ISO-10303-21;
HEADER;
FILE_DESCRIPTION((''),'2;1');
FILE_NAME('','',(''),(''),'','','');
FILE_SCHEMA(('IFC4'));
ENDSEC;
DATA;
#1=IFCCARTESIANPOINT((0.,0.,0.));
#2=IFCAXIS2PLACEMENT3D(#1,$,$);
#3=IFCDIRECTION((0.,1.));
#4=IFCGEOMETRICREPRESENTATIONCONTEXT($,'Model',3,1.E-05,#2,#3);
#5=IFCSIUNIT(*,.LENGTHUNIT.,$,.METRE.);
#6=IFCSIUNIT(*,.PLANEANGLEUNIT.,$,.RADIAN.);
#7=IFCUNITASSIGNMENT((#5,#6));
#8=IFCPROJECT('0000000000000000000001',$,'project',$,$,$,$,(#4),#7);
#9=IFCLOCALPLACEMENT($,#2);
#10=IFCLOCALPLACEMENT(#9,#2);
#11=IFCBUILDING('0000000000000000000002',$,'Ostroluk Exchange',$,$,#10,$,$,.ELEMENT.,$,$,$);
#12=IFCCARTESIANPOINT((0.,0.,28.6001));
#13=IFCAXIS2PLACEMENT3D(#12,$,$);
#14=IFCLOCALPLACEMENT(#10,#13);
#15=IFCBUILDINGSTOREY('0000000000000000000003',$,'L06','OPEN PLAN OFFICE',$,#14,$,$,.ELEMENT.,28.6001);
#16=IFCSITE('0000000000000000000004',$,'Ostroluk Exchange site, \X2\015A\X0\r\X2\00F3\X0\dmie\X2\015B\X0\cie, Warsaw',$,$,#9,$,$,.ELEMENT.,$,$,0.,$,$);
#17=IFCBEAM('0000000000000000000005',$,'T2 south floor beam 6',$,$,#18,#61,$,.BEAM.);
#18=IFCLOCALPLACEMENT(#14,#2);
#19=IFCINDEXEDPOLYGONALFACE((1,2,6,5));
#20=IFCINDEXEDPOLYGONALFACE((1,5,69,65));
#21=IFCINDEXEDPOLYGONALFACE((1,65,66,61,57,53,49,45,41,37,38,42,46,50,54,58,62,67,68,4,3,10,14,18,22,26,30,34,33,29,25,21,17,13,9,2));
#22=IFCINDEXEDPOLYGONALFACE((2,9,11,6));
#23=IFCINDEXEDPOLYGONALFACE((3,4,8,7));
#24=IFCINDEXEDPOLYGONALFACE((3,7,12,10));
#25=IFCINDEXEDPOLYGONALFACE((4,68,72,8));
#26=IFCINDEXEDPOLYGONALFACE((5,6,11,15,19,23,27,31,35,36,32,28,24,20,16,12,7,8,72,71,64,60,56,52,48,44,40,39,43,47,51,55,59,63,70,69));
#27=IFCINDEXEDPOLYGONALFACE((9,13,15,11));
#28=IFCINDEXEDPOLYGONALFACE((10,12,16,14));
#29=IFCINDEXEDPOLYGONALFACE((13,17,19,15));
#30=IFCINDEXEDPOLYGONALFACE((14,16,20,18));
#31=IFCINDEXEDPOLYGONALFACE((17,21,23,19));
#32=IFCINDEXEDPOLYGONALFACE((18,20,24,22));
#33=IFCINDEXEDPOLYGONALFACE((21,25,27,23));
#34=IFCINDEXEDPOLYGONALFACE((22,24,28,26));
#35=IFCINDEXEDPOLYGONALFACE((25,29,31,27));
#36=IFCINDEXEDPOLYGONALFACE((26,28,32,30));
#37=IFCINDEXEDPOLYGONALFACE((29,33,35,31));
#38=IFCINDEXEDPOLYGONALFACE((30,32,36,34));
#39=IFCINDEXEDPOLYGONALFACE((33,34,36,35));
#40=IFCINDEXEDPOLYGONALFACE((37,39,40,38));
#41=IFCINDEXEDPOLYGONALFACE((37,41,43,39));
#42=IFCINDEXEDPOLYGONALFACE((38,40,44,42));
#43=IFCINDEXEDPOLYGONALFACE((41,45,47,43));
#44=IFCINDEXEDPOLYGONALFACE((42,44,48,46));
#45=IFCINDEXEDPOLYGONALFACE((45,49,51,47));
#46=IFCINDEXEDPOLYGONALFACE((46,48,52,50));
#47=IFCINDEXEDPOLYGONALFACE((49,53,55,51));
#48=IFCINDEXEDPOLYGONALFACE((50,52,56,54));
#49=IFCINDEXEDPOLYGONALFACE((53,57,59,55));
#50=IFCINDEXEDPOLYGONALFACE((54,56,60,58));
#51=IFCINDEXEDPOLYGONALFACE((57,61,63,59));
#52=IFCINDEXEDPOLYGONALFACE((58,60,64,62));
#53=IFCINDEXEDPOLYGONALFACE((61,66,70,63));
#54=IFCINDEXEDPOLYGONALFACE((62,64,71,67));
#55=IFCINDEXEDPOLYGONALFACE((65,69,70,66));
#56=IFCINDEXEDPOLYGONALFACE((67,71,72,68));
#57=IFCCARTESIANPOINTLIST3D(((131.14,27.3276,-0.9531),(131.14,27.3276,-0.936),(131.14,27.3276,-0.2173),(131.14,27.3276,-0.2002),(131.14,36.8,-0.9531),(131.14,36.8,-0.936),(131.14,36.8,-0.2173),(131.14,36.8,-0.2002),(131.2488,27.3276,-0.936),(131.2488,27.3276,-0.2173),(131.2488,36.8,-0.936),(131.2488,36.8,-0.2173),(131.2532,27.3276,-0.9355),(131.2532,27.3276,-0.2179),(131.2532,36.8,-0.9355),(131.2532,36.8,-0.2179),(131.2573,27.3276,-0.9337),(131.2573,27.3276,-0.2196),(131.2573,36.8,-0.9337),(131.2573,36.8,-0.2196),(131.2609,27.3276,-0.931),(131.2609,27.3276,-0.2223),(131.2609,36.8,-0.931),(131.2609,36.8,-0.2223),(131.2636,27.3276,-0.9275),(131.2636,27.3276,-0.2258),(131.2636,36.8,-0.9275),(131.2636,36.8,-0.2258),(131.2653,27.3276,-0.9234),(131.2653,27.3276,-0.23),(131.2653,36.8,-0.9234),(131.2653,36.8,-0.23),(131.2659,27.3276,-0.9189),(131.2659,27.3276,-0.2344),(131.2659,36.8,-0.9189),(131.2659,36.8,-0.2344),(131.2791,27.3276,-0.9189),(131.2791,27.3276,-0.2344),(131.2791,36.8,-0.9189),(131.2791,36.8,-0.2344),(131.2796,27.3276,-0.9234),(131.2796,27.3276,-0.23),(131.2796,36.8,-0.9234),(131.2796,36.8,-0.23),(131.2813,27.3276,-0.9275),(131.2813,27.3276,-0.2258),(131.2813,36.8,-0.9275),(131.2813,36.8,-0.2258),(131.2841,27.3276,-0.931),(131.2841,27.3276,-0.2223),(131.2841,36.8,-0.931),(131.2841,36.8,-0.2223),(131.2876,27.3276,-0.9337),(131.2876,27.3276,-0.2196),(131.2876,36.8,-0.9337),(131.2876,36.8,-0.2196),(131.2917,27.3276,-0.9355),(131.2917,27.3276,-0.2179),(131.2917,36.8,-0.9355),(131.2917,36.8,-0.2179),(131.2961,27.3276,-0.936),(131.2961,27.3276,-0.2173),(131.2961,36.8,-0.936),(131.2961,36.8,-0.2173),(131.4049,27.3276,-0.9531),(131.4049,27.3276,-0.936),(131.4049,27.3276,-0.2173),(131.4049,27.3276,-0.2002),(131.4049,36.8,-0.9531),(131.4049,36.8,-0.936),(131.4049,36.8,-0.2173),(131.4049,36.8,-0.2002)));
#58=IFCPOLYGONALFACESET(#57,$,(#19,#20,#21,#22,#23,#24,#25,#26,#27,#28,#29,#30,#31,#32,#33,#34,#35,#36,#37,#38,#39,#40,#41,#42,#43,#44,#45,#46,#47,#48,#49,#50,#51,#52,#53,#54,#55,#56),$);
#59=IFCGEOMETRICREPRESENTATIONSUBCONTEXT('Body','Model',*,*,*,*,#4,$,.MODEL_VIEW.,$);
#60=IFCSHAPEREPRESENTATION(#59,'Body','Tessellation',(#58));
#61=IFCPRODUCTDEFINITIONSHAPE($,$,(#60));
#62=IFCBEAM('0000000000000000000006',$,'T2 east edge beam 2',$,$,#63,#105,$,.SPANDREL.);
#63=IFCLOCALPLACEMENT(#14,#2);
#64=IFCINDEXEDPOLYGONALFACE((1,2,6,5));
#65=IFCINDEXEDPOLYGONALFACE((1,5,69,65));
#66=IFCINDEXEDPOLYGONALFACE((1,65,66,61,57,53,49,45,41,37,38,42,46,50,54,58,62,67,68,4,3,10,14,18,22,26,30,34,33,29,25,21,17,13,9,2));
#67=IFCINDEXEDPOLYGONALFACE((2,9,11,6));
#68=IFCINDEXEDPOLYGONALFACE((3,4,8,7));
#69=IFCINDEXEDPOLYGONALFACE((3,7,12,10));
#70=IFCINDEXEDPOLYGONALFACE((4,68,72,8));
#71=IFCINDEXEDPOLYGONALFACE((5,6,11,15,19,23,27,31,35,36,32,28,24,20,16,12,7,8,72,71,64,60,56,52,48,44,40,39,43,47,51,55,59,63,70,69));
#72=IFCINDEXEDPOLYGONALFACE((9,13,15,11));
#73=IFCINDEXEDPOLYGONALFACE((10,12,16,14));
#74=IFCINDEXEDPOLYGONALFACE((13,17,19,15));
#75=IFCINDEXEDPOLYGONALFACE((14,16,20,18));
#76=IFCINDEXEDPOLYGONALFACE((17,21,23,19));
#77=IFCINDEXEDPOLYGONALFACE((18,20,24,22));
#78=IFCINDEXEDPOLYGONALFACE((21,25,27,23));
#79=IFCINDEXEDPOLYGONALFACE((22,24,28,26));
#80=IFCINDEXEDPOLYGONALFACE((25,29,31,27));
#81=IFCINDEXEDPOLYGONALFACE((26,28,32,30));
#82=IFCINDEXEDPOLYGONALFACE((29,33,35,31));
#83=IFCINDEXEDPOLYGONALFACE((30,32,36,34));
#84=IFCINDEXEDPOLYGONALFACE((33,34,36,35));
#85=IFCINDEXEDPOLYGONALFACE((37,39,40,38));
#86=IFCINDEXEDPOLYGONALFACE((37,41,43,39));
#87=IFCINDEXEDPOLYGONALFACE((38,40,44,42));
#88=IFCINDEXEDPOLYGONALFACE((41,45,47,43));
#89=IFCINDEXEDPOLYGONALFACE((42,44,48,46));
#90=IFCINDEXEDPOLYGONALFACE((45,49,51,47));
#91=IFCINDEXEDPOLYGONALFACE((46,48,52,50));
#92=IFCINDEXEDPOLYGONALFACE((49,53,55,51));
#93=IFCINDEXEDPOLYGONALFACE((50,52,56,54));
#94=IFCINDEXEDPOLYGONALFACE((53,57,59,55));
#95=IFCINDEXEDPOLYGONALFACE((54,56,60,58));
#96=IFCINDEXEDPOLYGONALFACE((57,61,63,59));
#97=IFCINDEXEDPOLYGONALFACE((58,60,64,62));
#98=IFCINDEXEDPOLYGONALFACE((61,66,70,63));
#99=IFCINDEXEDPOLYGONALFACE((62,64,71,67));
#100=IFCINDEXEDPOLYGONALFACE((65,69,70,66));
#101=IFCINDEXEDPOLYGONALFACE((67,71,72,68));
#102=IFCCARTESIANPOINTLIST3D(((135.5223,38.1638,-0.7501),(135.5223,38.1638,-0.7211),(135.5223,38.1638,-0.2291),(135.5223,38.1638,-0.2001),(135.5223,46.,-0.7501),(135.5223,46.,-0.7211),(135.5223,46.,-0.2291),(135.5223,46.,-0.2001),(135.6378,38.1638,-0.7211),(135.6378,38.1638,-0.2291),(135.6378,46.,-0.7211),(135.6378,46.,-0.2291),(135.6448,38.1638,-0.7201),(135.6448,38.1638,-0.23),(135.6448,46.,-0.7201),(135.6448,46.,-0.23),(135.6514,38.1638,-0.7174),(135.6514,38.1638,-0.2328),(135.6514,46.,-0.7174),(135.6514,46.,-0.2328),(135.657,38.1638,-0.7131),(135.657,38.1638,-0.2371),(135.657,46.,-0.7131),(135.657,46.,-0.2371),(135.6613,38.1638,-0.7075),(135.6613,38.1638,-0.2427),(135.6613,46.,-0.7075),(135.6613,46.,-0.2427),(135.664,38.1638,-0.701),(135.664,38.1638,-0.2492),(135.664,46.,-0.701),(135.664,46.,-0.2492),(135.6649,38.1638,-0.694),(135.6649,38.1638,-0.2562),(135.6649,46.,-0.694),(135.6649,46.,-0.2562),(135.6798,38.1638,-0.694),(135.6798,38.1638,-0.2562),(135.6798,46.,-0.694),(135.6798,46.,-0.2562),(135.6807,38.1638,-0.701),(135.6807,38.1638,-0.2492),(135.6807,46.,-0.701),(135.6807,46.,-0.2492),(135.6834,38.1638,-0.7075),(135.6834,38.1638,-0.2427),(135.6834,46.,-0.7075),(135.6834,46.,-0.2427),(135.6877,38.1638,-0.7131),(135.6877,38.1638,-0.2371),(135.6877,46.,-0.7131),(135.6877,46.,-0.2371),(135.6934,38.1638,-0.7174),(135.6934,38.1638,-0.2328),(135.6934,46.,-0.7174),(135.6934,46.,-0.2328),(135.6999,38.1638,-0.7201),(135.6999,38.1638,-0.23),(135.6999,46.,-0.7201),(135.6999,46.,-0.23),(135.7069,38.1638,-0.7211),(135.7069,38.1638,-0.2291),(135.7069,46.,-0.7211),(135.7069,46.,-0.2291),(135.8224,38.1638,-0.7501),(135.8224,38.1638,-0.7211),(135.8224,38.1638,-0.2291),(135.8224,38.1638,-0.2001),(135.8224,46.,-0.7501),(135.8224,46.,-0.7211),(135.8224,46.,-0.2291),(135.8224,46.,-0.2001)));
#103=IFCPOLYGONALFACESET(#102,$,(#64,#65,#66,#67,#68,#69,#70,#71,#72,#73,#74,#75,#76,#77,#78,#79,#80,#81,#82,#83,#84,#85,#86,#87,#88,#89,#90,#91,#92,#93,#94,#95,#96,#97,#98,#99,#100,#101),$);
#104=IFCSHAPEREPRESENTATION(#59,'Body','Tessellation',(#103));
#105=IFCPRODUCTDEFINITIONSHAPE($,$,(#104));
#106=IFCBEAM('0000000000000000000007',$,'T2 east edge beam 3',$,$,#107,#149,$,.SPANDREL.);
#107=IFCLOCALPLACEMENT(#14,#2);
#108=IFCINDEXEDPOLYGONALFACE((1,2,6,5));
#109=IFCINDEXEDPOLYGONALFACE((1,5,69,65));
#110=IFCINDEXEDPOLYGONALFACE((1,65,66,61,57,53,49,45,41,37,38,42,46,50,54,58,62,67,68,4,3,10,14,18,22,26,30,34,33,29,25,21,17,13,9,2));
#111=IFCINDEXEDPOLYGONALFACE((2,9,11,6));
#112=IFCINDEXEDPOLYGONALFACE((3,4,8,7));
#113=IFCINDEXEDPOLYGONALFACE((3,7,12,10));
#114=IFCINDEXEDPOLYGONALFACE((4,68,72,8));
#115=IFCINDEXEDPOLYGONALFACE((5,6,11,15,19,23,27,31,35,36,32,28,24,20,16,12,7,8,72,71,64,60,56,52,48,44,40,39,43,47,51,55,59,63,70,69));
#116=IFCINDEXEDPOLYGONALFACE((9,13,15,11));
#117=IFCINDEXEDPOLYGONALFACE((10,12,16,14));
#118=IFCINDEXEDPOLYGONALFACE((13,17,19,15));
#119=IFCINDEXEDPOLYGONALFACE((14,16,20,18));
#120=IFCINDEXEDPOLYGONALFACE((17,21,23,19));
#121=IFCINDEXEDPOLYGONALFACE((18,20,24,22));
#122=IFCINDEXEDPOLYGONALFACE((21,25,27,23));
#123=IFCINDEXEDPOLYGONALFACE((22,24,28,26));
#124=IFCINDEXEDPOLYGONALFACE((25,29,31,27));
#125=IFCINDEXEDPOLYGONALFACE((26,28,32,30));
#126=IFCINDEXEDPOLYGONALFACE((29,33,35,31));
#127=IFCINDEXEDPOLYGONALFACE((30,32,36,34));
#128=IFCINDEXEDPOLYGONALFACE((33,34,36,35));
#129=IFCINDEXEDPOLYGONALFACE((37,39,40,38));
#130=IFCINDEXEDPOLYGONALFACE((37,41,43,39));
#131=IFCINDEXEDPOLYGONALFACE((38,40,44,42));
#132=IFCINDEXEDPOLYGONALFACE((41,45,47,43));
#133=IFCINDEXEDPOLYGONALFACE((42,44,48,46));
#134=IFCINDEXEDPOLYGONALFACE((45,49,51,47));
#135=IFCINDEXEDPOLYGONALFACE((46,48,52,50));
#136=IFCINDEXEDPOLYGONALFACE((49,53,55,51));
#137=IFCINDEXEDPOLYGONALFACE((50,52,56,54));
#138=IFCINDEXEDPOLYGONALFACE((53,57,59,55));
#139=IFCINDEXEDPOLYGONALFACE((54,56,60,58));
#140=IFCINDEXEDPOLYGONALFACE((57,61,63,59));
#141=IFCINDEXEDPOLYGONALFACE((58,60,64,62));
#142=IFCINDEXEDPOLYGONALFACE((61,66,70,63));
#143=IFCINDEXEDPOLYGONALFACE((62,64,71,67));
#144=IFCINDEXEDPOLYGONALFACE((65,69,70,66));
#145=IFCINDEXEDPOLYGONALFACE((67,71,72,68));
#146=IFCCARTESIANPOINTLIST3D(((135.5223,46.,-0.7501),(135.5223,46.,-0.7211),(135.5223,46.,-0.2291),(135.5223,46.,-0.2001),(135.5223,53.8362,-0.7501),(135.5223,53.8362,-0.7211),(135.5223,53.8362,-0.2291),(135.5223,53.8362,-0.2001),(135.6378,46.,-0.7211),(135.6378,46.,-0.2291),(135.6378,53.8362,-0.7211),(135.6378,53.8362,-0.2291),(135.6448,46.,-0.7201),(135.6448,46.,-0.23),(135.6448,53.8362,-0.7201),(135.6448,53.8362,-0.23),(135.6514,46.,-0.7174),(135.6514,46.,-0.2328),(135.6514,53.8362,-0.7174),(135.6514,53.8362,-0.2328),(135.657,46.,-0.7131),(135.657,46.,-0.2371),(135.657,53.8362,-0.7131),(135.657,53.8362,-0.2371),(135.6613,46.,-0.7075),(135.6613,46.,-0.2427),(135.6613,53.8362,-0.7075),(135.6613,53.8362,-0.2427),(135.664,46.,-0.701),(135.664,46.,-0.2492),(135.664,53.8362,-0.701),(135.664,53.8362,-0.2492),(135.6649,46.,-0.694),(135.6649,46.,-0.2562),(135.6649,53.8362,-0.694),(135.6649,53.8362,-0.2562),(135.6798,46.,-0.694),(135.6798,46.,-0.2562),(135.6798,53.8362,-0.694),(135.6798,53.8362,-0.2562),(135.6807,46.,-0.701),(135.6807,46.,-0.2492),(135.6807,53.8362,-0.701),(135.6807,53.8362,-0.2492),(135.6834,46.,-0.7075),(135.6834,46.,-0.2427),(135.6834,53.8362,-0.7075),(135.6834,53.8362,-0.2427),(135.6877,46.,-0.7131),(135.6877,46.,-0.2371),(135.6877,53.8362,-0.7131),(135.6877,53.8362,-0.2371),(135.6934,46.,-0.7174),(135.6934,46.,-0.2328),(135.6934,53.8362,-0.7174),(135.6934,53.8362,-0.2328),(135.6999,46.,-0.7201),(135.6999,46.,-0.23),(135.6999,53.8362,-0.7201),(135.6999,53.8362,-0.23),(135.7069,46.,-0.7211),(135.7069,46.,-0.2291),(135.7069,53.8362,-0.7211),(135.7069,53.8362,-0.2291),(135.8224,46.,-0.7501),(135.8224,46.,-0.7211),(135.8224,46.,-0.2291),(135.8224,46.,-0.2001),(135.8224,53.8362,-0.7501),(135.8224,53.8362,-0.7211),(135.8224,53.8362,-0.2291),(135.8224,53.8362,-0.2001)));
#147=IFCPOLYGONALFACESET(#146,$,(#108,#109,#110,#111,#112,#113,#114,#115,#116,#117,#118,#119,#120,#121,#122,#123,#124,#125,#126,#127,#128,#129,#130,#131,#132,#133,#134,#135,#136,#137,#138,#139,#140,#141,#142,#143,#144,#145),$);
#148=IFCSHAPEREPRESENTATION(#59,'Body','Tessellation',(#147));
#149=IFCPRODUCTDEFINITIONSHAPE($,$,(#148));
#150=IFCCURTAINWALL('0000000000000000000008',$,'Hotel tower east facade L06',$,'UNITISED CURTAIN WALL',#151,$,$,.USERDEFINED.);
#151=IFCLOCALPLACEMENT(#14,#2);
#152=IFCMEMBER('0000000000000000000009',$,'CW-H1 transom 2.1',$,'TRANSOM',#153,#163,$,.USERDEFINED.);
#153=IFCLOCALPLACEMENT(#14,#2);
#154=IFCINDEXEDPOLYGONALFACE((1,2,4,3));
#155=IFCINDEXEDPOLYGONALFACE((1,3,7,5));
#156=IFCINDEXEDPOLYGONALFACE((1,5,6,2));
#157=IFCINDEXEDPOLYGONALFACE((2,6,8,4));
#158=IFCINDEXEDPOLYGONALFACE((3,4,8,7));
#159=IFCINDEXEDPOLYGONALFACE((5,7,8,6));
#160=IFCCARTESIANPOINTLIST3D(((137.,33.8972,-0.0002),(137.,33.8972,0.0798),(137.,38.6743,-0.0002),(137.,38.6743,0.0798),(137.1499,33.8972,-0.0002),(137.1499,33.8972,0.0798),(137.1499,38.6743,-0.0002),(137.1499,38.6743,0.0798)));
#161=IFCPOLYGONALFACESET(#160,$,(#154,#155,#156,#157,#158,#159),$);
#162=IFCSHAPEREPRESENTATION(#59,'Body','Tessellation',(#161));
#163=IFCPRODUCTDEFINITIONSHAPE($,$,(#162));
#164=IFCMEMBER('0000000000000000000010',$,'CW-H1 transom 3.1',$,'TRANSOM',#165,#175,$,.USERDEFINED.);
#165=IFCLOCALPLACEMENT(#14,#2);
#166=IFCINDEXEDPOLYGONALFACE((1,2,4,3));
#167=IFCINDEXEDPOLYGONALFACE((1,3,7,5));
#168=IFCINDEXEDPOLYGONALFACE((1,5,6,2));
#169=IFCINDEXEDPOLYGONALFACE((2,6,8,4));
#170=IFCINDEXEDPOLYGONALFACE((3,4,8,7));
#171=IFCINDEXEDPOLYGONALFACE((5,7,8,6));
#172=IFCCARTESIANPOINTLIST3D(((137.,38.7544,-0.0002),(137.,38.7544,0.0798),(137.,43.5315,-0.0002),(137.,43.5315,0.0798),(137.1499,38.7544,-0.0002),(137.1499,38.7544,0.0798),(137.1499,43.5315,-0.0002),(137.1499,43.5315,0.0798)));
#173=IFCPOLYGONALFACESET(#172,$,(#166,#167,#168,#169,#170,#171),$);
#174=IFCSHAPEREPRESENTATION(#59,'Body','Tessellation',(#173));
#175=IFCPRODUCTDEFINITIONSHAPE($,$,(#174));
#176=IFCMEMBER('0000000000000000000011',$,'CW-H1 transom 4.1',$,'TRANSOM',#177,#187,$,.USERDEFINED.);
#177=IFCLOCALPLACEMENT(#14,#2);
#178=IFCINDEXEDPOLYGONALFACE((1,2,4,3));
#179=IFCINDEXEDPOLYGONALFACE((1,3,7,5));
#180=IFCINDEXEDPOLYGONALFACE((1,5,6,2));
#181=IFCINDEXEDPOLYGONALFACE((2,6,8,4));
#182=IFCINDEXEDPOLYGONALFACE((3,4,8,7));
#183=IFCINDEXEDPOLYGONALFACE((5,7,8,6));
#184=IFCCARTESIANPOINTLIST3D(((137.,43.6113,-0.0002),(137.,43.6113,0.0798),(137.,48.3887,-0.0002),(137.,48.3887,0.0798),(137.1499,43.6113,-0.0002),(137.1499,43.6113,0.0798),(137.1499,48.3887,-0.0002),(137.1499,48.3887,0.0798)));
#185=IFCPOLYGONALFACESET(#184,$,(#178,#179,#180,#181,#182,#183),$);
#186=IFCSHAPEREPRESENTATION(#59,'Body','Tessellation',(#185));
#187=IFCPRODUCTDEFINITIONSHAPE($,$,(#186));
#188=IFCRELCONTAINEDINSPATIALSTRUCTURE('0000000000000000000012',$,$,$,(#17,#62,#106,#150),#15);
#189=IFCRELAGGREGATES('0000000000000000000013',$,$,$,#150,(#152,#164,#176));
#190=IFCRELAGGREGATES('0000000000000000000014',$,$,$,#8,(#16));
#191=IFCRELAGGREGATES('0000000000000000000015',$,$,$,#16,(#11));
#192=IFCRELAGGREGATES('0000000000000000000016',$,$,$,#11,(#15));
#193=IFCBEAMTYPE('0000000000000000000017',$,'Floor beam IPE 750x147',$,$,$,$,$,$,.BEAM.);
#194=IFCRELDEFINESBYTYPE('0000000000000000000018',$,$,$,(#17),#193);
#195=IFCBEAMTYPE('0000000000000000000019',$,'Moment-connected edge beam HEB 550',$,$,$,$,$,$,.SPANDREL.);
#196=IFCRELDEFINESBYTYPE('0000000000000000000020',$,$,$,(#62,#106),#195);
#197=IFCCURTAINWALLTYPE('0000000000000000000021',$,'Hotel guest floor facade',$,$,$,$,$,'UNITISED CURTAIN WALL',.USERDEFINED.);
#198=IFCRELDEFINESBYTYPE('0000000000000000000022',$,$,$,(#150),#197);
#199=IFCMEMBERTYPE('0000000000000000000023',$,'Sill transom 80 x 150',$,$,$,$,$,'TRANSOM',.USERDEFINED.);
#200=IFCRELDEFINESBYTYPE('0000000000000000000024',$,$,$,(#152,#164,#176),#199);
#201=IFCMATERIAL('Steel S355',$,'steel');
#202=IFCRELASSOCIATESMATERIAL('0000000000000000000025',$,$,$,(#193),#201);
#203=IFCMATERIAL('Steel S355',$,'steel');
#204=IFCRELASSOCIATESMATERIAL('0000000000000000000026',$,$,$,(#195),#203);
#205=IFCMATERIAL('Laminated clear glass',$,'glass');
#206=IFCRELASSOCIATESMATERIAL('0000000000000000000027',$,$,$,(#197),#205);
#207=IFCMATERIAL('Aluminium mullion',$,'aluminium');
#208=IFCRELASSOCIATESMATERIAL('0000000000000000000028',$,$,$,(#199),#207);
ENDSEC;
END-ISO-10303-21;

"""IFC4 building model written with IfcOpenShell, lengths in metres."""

from ifc_helpers import new_model, si_unit, direction, frame, origin, origin_2d, place, context, subcontext, project, spatial, rectangle, i_section, extrude, material, material_profile, profile_set, type_object, element, aggregate, save


model = new_model("IFC4")

# Units and contexts
model_context = context("Model", 3, precision=1e-05, world=origin(), true_north=direction((0.0, 1.0)))
body_context = subcontext(model_context, "Body", "Model", "MODEL_VIEW")
ifc_project = project(units=[si_unit("LENGTHUNIT", "METRE"), si_unit("PLANEANGLEUNIT", "RADIAN")], contexts=[model_context])

# Site, building, storey
site_placement = place(None, origin())
site = spatial("IfcSite", under=ifc_project, at=site_placement, Name="Ostroluk Exchange site, Śródmieście, Warsaw", CompositionType="ELEMENT", RefElevation=0.0)
building_placement = place(site_placement, origin())
building = spatial("IfcBuilding", under=site, at=building_placement, Name="Ostroluk Exchange", CompositionType="ELEMENT")
storey_placement = place(building_placement, frame((0.0, 0.0, 28.6001)))
storey = spatial("IfcBuildingStorey", under=building, at=storey_placement, Name="L06", Description="OPEN PLAN OFFICE", CompositionType="ELEMENT", Elevation=28.6001)

# Beams
ifc_material_1 = material(Name="Steel S355", Category="steel")
ifc_material_profile_1 = material_profile(ifc_material_1, i_section(OverallWidth=0.2649, OverallDepth=0.7529, WebThickness=0.0132, FlangeThickness=0.0171, FilletRadius=0.0171, at=origin_2d()), Name="IPE 750x147")
ifc_profile_set_1 = profile_set([ifc_material_profile_1], Name="Steel S355")
beam_type_1 = type_object("IfcBeamType", Name="Floor beam IPE 750x147", PredefinedType="BEAM", material=ifc_profile_set_1)
beam_placement = place(storey_placement, frame((131.2725, 36.8, -0.5767), z_axis=(0.0, -1.0, 0.0), x_axis=(1.0, 0.0, 0.0)))
element("IfcBeam", 1, at=beam_placement, inside=storey, type_object=beam_type_1, Name="T2 south floor beam 6", PredefinedType="BEAM", context=body_context, shape_type="SweptSolid", body=[
    extrude(i_section(OverallWidth=0.2649, OverallDepth=0.7529, WebThickness=0.0132, FlangeThickness=0.0171, FilletRadius=0.0171, at=origin_2d()), origin(), (0.0, 0.0, 1.0), 9.4724),
])
ifc_material_2 = material(Name="Steel S355", Category="steel")
ifc_material_profile_2 = material_profile(ifc_material_2, i_section(OverallWidth=0.3, OverallDepth=0.55, WebThickness=0.0149, FlangeThickness=0.0291, FilletRadius=0.0271, at=origin_2d()), Name="HEB 550")
ifc_profile_set_2 = profile_set([ifc_material_profile_2], Name="Steel S355")
beam_type_2 = type_object("IfcBeamType", Name="Moment-connected edge beam HEB 550", PredefinedType="SPANDREL", material=ifc_profile_set_2)
for number, where, z_axis, x_axis, name in (
    (2, (135.6724, 38.1638, -0.4751), (0.0, 1.0, 0.0), (-1.0, 0.0, 0.0), "T2 east edge beam 2"),
    (3, (135.6724, 46.0, -0.4751), (0.0, 1.0, 0.0), (-1.0, 0.0, 0.0), "T2 east edge beam 3"),
):
    element("IfcBeam", number, at=place(storey_placement, frame(where, z_axis=z_axis, x_axis=x_axis)), inside=storey, type_object=beam_type_2, Name=name, PredefinedType="SPANDREL", context=body_context, shape_type="SweptSolid", body=[
        extrude(i_section(OverallWidth=0.3, OverallDepth=0.55, WebThickness=0.0149, FlangeThickness=0.0291, FilletRadius=0.0271, at=origin_2d()), origin(), (0.0, 0.0, 1.0), 7.8362),
    ])

# Curtain wall, members
ifc_material_3 = material(Name="Laminated clear glass", Category="glass")
curtain_wall_type = type_object("IfcCurtainWallType", Name="Hotel guest floor facade", ElementType="UNITISED CURTAIN WALL", PredefinedType="USERDEFINED", material=ifc_material_3)
curtain_wall_placement = place(storey_placement, origin())
curtain_wall = element("IfcCurtainWall", 4, at=curtain_wall_placement, inside=storey, type_object=curtain_wall_type, Name="Hotel tower east facade L06", ObjectType="UNITISED CURTAIN WALL", PredefinedType="USERDEFINED")
ifc_material_4 = material(Name="Aluminium mullion", Category="aluminium")
ifc_material_profile_3 = material_profile(ifc_material_4, rectangle(XDim=0.1499, YDim=0.0801, at=origin_2d()), Name="Sill transom 80 x 150")
ifc_profile_set_3 = profile_set([ifc_material_profile_3], Name="Aluminium mullion")
member_type_1 = type_object("IfcMemberType", Name="Sill transom 80 x 150", ElementType="TRANSOM", PredefinedType="USERDEFINED", material=ifc_profile_set_3)
member_1_placement = place(storey_placement, frame((137.075, 33.8972, 0.0398), z_axis=(0.0, 1.0, 0.0), x_axis=(-1.0, 0.0, 0.0)))
member_1 = element("IfcMember", 5, at=member_1_placement, type_object=member_type_1, Name="CW-H1 transom 2.1", ObjectType="TRANSOM", PredefinedType="USERDEFINED", context=body_context, shape_type="SweptSolid", body=[
    extrude(rectangle(XDim=0.1499, YDim=0.0801, at=origin_2d()), origin(), (0.0, 0.0, 1.0), 4.7771),
])
member_2_placement = place(storey_placement, frame((137.075, 38.7544, 0.0398), z_axis=(0.0, 1.0, 0.0), x_axis=(-1.0, 0.0, 0.0)))
member_2 = element("IfcMember", 6, at=member_2_placement, type_object=member_type_1, Name="CW-H1 transom 3.1", ObjectType="TRANSOM", PredefinedType="USERDEFINED", context=body_context, shape_type="SweptSolid", body=[
    extrude(rectangle(XDim=0.1499, YDim=0.0801, at=origin_2d()), origin(), (0.0, 0.0, 1.0), 4.7771),
])
member_3_placement = place(storey_placement, frame((137.075, 43.6113, 0.0398), z_axis=(0.0, 1.0, 0.0), x_axis=(-1.0, 0.0, 0.0)))
member_3 = element("IfcMember", 7, at=member_3_placement, type_object=member_type_1, Name="CW-H1 transom 4.1", ObjectType="TRANSOM", PredefinedType="USERDEFINED", context=body_context, shape_type="SweptSolid", body=[
    extrude(rectangle(XDim=0.1499, YDim=0.0801, at=origin_2d()), origin(), (0.0, 0.0, 1.0), 4.7773),
])
aggregate(curtain_wall, [member_1, member_2, member_3])

save(model, "model.ifc")
